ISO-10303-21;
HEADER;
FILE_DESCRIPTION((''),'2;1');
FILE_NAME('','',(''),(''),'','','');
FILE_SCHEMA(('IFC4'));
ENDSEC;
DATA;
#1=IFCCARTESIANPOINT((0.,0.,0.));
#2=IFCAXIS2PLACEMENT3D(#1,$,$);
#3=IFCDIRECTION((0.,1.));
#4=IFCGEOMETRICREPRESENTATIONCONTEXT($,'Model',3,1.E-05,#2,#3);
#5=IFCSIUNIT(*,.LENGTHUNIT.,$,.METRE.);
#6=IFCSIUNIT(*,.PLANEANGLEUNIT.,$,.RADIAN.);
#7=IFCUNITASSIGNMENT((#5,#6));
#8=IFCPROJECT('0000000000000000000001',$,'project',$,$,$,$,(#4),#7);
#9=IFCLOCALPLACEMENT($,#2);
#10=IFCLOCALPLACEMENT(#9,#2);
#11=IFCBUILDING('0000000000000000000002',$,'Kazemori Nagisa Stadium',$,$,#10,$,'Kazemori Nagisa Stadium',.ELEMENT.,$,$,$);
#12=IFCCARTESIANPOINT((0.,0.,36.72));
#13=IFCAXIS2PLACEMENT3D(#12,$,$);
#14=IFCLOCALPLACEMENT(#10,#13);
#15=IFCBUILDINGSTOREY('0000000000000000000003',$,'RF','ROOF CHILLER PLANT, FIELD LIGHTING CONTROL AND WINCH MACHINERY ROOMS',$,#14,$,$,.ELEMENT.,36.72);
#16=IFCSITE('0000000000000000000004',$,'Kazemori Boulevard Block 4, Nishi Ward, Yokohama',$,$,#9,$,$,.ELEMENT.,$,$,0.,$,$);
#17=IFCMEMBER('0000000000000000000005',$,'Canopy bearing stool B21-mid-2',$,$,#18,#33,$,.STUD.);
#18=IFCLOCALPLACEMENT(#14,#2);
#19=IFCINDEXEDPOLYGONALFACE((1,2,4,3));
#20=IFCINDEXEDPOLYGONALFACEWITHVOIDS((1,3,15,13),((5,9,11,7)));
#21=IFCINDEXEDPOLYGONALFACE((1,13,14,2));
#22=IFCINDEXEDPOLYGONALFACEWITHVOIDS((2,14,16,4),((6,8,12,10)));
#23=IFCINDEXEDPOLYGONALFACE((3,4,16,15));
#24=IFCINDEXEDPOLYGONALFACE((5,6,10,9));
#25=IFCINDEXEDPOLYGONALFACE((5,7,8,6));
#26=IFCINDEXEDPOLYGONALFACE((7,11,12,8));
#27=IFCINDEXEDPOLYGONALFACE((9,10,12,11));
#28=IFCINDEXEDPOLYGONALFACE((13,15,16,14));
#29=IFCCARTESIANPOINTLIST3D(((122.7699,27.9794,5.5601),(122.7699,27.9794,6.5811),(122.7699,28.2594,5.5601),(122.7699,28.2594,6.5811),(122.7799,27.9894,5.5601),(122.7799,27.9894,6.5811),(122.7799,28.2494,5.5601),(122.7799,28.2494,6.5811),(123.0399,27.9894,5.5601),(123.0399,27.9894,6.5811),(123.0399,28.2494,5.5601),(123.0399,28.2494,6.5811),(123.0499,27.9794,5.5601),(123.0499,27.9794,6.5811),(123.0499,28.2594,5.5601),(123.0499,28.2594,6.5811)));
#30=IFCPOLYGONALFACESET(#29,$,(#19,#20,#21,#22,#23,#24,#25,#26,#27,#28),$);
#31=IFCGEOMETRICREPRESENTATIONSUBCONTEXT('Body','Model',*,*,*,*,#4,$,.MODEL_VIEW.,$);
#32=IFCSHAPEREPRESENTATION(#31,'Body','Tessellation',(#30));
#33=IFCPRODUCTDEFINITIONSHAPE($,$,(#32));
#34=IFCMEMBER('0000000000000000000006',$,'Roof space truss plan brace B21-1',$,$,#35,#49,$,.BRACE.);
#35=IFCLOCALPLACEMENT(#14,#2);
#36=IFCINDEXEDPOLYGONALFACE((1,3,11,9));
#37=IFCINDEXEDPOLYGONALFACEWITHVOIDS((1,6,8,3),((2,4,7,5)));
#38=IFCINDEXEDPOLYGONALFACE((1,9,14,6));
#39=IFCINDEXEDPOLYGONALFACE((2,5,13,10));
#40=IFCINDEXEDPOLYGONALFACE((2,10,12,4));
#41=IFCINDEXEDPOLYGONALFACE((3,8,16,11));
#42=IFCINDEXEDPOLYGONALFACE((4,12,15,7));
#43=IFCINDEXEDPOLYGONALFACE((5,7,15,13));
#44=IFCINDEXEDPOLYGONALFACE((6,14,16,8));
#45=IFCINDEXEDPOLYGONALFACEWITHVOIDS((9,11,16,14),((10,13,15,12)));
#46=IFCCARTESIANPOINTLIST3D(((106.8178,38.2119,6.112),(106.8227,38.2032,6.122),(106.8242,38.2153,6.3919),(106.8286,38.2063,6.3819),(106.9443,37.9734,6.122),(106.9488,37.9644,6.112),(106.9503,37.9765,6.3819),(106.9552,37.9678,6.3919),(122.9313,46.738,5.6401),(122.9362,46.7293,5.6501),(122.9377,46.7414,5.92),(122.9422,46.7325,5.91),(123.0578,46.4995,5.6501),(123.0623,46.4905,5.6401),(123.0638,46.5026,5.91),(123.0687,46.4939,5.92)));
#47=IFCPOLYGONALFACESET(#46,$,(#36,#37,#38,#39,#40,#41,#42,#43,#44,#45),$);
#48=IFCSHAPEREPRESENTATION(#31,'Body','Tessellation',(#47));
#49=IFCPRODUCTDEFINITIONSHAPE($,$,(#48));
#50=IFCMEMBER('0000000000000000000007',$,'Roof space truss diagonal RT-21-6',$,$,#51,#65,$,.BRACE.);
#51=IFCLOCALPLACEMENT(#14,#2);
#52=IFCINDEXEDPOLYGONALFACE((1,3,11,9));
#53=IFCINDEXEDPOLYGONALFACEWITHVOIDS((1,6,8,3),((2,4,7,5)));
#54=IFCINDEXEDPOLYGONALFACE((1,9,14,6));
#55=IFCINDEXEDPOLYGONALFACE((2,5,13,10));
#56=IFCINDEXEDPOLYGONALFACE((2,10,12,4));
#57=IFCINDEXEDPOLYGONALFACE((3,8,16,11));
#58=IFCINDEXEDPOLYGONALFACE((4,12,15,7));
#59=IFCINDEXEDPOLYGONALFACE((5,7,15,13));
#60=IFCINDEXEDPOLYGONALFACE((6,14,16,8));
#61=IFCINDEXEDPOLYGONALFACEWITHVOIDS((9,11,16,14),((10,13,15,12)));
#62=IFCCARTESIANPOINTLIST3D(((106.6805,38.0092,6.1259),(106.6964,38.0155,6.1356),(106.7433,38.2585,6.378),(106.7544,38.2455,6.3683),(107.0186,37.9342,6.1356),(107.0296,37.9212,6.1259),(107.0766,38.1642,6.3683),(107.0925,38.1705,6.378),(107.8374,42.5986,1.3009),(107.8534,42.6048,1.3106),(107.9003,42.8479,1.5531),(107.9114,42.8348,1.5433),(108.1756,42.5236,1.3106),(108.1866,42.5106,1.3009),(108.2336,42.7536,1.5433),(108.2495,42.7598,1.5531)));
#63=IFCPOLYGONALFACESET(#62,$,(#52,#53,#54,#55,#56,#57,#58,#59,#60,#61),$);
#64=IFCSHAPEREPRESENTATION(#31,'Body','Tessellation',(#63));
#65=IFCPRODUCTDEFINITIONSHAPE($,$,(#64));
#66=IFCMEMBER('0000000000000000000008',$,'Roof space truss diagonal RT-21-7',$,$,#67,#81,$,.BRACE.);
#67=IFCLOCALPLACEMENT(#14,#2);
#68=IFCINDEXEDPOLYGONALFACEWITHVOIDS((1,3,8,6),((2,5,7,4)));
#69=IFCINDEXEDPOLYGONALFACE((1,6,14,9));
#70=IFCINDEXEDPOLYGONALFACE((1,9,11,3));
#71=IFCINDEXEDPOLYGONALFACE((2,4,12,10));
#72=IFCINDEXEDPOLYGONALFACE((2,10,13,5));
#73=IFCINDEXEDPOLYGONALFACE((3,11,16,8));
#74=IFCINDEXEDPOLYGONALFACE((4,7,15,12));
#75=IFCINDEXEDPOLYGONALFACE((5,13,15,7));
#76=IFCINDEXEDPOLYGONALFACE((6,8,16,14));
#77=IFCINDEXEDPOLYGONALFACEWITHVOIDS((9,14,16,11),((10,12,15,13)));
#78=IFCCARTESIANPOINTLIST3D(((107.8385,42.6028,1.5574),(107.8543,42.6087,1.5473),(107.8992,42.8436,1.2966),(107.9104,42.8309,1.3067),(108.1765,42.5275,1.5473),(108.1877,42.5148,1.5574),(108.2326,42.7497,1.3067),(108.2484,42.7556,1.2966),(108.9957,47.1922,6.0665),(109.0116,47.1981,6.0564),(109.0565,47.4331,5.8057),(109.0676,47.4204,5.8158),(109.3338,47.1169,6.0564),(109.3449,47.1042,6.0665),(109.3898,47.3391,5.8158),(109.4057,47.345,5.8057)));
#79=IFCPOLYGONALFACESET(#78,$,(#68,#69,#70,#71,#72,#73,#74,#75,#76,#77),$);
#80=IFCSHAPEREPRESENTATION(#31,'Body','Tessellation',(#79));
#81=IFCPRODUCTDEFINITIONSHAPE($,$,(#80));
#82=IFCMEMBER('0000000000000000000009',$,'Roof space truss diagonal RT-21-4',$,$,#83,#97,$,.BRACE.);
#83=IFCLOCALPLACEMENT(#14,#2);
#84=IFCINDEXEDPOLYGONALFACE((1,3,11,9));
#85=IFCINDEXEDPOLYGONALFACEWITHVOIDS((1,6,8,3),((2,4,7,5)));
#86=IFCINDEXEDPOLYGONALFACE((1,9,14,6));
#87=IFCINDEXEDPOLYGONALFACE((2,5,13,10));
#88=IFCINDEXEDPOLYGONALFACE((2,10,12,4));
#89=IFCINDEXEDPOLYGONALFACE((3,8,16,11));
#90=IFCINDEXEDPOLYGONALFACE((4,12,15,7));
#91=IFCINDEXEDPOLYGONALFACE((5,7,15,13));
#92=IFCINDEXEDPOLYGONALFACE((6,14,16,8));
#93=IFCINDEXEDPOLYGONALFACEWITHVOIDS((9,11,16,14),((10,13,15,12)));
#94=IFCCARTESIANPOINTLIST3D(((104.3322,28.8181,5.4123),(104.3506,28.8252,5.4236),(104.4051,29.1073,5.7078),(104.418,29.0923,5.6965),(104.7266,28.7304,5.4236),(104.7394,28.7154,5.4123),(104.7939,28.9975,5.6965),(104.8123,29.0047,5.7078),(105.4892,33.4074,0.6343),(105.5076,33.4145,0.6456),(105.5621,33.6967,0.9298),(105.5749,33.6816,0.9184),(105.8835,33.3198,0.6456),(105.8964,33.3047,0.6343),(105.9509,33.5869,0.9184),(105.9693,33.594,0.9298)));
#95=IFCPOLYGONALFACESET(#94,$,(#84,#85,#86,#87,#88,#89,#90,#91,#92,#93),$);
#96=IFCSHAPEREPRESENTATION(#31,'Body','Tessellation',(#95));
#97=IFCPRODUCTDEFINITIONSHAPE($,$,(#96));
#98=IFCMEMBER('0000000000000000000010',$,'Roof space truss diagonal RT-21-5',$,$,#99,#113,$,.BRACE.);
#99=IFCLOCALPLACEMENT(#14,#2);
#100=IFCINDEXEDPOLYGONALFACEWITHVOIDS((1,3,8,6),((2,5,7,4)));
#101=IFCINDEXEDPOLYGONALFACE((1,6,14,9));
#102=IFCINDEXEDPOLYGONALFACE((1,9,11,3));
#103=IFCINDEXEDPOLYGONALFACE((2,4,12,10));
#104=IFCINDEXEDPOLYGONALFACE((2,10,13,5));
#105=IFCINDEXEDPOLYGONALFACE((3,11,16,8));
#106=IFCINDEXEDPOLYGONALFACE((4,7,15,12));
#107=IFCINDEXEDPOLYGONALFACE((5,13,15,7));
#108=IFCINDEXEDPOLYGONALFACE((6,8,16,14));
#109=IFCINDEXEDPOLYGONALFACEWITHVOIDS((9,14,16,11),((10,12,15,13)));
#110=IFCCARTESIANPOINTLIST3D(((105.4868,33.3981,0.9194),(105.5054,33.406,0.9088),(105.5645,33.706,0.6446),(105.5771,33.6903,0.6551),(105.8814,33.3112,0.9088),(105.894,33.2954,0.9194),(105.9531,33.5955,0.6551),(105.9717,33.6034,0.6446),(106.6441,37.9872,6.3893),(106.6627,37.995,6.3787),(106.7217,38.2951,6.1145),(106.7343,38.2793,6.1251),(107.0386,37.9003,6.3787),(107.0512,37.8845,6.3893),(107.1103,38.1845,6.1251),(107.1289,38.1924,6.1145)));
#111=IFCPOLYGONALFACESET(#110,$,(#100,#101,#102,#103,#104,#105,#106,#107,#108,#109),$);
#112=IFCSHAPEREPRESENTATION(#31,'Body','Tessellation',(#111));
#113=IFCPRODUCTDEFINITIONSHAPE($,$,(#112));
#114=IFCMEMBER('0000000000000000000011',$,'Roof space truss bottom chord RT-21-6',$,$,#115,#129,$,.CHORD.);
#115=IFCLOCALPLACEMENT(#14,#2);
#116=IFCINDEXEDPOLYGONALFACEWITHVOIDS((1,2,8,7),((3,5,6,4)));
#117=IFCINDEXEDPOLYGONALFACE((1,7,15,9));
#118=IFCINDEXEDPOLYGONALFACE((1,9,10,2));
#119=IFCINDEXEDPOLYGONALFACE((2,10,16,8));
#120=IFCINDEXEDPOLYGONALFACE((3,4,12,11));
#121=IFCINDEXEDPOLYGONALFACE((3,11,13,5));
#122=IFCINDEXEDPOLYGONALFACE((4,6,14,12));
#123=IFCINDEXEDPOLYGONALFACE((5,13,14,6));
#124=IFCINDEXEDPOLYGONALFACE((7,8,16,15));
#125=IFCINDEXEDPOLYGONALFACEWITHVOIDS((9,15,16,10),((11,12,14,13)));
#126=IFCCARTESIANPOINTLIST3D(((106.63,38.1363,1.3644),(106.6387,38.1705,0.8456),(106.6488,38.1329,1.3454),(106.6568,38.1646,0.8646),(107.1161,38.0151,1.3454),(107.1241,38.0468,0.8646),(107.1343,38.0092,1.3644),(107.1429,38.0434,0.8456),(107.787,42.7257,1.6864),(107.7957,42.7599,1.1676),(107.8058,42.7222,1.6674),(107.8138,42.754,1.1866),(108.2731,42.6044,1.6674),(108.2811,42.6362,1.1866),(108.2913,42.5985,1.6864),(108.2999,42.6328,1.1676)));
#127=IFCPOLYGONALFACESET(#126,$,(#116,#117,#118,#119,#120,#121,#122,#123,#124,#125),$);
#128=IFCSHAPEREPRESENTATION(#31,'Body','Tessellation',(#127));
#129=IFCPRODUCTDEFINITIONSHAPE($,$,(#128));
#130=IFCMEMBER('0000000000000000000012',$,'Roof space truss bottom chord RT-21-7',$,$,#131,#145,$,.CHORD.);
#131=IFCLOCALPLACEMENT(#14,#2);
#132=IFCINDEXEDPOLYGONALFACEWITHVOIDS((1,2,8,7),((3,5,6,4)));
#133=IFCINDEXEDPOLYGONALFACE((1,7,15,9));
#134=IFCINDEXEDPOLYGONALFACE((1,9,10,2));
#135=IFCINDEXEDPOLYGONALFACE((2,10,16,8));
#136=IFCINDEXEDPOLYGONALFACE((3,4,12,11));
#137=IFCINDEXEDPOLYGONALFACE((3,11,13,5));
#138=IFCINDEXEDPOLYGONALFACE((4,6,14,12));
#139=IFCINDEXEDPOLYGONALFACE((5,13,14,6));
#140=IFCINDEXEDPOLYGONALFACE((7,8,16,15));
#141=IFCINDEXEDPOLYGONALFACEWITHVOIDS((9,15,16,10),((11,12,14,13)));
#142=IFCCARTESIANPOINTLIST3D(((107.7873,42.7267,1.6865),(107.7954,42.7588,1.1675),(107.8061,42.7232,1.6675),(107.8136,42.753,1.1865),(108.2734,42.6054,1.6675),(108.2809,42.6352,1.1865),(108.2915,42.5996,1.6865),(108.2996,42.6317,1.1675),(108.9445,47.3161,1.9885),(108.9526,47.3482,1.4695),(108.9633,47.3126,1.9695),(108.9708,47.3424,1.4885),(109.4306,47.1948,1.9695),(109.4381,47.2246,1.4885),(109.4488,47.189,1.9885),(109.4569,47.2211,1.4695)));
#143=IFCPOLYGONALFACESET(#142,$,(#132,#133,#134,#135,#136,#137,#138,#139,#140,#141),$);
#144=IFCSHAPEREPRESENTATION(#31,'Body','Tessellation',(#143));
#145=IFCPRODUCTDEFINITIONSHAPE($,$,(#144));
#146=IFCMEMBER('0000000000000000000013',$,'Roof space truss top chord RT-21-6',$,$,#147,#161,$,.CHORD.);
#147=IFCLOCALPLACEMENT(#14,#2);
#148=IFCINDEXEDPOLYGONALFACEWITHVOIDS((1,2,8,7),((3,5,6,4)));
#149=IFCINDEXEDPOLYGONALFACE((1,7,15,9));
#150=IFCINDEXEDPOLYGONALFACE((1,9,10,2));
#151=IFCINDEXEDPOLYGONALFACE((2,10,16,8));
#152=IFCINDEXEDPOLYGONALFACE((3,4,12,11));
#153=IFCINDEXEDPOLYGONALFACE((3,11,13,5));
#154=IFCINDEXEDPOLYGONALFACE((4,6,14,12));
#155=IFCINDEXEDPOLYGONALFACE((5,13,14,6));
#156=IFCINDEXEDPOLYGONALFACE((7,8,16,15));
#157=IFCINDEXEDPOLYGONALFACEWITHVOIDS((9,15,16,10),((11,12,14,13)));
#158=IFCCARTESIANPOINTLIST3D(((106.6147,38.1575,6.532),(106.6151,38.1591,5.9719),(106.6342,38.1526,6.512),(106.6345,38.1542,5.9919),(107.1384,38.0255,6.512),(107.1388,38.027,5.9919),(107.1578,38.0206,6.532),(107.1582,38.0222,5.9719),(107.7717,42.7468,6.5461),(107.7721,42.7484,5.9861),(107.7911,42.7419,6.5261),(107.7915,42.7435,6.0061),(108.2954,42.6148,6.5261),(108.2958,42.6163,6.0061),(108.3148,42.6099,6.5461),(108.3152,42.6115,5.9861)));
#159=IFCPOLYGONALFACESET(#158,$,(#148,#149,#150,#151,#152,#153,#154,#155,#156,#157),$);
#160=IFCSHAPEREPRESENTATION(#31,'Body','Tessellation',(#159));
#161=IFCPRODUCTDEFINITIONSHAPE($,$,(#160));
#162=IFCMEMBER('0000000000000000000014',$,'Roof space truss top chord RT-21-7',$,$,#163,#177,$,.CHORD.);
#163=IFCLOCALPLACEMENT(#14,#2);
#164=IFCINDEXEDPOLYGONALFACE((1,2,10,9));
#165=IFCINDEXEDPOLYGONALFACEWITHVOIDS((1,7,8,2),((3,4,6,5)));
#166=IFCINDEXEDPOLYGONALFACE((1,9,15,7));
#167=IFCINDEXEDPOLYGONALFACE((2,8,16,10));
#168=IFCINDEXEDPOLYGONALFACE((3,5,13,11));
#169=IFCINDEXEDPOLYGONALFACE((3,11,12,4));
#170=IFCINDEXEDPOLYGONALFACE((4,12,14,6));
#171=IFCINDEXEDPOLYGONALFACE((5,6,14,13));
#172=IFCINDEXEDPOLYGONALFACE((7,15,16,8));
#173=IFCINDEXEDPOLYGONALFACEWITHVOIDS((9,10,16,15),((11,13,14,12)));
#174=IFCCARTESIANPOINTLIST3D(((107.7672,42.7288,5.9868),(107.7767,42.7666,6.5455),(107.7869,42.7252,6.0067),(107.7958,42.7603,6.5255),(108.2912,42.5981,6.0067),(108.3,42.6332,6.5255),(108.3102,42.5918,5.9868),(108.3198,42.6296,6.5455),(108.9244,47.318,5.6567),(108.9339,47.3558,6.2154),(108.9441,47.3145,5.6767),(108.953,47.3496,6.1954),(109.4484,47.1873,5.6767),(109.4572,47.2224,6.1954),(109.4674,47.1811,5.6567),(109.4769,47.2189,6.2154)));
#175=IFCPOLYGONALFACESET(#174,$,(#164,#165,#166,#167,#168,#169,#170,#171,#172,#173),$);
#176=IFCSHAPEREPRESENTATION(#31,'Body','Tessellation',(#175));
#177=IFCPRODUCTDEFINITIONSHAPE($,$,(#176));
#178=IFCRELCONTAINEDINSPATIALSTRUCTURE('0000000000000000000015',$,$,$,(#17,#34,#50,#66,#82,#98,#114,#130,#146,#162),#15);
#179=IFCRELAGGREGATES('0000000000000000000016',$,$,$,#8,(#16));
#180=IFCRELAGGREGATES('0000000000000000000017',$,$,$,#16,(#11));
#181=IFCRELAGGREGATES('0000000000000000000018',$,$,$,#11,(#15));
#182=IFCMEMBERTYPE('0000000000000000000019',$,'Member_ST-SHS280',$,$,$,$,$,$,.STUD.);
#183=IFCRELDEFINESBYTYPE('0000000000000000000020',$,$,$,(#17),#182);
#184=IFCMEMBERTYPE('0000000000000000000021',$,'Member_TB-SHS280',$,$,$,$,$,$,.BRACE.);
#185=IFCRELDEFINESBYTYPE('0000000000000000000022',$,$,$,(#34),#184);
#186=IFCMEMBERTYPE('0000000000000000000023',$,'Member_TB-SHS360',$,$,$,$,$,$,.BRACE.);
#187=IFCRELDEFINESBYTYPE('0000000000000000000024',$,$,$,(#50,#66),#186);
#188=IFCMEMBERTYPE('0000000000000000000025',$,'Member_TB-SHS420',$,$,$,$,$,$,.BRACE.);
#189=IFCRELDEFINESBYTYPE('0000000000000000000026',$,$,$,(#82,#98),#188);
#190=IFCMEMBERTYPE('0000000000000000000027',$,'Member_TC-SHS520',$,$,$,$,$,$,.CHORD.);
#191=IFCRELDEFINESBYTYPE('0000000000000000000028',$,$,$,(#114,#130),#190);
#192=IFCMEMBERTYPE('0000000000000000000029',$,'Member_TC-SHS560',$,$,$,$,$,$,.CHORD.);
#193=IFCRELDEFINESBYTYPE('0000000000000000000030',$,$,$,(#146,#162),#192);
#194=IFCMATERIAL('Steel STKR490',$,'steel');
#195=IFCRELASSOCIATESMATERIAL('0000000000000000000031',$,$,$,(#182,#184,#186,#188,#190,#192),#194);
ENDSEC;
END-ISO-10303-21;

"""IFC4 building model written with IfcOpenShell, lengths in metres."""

from ifc_helpers import new_model, si_unit, direction, frame, origin, origin_2d, place, context, subcontext, project, spatial, hollow_rectangle, extrude, material, material_profile, profile_set, type_object, element, save


model = new_model("IFC4")

# Units and contexts
model_context = context("Model", 3, precision=1e-05, world=origin(), true_north=direction((0.0, 1.0)))
body_context = subcontext(model_context, "Body", "Model", "MODEL_VIEW")
ifc_project = project(units=[si_unit("LENGTHUNIT", "METRE"), si_unit("PLANEANGLEUNIT", "RADIAN")], contexts=[model_context])

# Site, building, storey
site_placement = place(None, origin())
site = spatial("IfcSite", under=ifc_project, at=site_placement, Name="Kazemori Boulevard Block 4, Nishi Ward, Yokohama", CompositionType="ELEMENT", RefElevation=0.0)
building_placement = place(site_placement, origin())
building = spatial("IfcBuilding", under=site, at=building_placement, Name="Kazemori Nagisa Stadium", LongName="Kazemori Nagisa Stadium", CompositionType="ELEMENT")
storey_placement = place(building_placement, frame((0.0, 0.0, 36.72)))
storey = spatial("IfcBuildingStorey", under=building, at=storey_placement, Name="RF", Description="ROOF CHILLER PLANT, FIELD LIGHTING CONTROL AND WINCH MACHINERY ROOMS", CompositionType="ELEMENT", Elevation=36.72)

# Members
ifc_material_1 = material(Name="Steel STKR490", Category="steel")
ifc_material_profile_1 = material_profile(ifc_material_1, hollow_rectangle(XDim=0.28, YDim=0.28, WallThickness=0.01, at=origin_2d()), Name="SHS-280x280x10")
ifc_profile_set_1 = profile_set([ifc_material_profile_1], Name="Steel STKR490")
member_type_1 = type_object("IfcMemberType", Name="Member_ST-SHS280", PredefinedType="STUD", material=ifc_profile_set_1)
for number, where, z_axis, x_axis, name in (
    (1, (122.9099, 28.1194, 5.5601), (0.0, 0.0, 1.0), (1.0, 0.0, 0.0), "Canopy bearing stool B21-mid-2"),
):
    element("IfcMember", number, at=place(storey_placement, frame(where, z_axis=z_axis, x_axis=x_axis)), inside=storey, type_object=member_type_1, Name=name, PredefinedType="STUD", context=body_context, shape_type="SweptSolid", body=[
        extrude(hollow_rectangle(XDim=0.28, YDim=0.28, WallThickness=0.01, at=origin_2d()), origin(), (0.0, 0.0, 1.0), 1.021),
    ])
ifc_material_profile_2 = material_profile(ifc_material_1, hollow_rectangle(XDim=0.28, YDim=0.28, WallThickness=0.01, at=origin_2d()), Name="SHS-280x280x10")
ifc_profile_set_2 = profile_set([ifc_material_profile_2], Name="Steel STKR490")
member_type_2 = type_object("IfcMemberType", Name="Member_TB-SHS280", PredefinedType="BRACE", material=ifc_profile_set_2)
member_1_placement = place(storey_placement, frame((106.8865, 38.0898, 6.252), z_axis=(0.883595, 0.467535, -0.025878), x_axis=(-0.467692, 0.883891, 0.0)))
element("IfcMember", 2, at=member_1_placement, inside=storey, type_object=member_type_2, Name="Roof space truss plan brace B21-1", PredefinedType="BRACE", context=body_context, shape_type="SweptSolid", body=[
    extrude(hollow_rectangle(XDim=0.28, YDim=0.28, WallThickness=0.01, at=origin_2d()), origin(), (0.0, 0.0, 1.0), 18.2363),
])
ifc_material_profile_3 = material_profile(ifc_material_1, hollow_rectangle(XDim=0.3601, YDim=0.3601, WallThickness=0.0139, at=origin_2d()), Name="SHS-360x360x14")
ifc_profile_set_3 = profile_set([ifc_material_profile_3], Name="Steel STKR490")
member_type_3 = type_object("IfcMemberType", Name="Member_TB-SHS360", PredefinedType="BRACE", material=ifc_profile_set_3)
member_2_placement = place(storey_placement, frame((106.8865, 38.0898, 6.252), z_axis=(0.171182, 0.679022, -0.71388), x_axis=(-0.969661, 0.244453, 0.0)))
element("IfcMember", 3, at=member_2_placement, inside=storey, type_object=member_type_3, Name="Roof space truss diagonal RT-21-6", PredefinedType="BRACE", context=body_context, shape_type="SweptSolid", body=[
    extrude(hollow_rectangle(XDim=0.3601, YDim=0.3601, WallThickness=0.0139, at=origin_2d()), origin(), (0.0, 0.0, 1.0), 6.7588),
])
member_3_placement = place(storey_placement, frame((108.0435, 42.6792, 1.427), z_axis=(0.177026, 0.702055, 0.689768), x_axis=(-0.969649, 0.244501, 0.0)))
element("IfcMember", 4, at=member_3_placement, inside=storey, type_object=member_type_3, Name="Roof space truss diagonal RT-21-7", PredefinedType="BRACE", context=body_context, shape_type="SweptSolid", body=[
    extrude(hollow_rectangle(XDim=0.3601, YDim=0.3601, WallThickness=0.0139, at=origin_2d()), origin(), (0.0, 0.0, 1.0), 6.5371),
])
ifc_material_profile_4 = material_profile(ifc_material_1, hollow_rectangle(XDim=0.4199, YDim=0.4199, WallThickness=0.0161, at=origin_2d()), Name="SHS-420x420x16")
ifc_profile_set_4 = profile_set([ifc_material_profile_4], Name="Steel STKR490")
member_type_4 = type_object("IfcMemberType", Name="Member_TB-SHS420", PredefinedType="BRACE", material=ifc_profile_set_4)
member_4_placement = place(storey_placement, frame((104.5723, 28.9114, 5.5601), z_axis=(0.172032, 0.682393, -0.710454), x_axis=(-0.969661, 0.244453, 0.0)))
element("IfcMember", 5, at=member_4_placement, inside=storey, type_object=member_type_4, Name="Roof space truss diagonal RT-21-4", PredefinedType="BRACE", context=body_context, shape_type="SweptSolid", body=[
    extrude(hollow_rectangle(XDim=0.4199, YDim=0.4199, WallThickness=0.0161, at=origin_2d()), origin(), (0.0, 0.0, 1.0), 6.7253),
])
member_5_placement = place(storey_placement, frame((105.7292, 33.5007, 0.782), z_axis=(0.159987, 0.634448, 0.756227), x_axis=(-0.969646, 0.244514, 0.0)))
element("IfcMember", 6, at=member_5_placement, inside=storey, type_object=member_type_4, Name="Roof space truss diagonal RT-21-5", PredefinedType="BRACE", context=body_context, shape_type="SweptSolid", body=[
    extrude(hollow_rectangle(XDim=0.4199, YDim=0.4199, WallThickness=0.0161, at=origin_2d()), origin(), (0.0, 0.0, 1.0), 7.2332),
])
ifc_material_profile_5 = material_profile(ifc_material_1, hollow_rectangle(XDim=0.52, YDim=0.52, WallThickness=0.019, at=origin_2d()), Name="SHS-520x520x19")
ifc_profile_set_5 = profile_set([ifc_material_profile_5], Name="Steel STKR490")
member_type_5 = type_object("IfcMemberType", Name="Member_TC-SHS520", PredefinedType="CHORD", material=ifc_profile_set_5)
member_6_placement = place(storey_placement, frame((106.8865, 38.0898, 1.105), z_axis=(0.243889, 0.967425, 0.067881), x_axis=(-0.969661, 0.244453, 0.0)))
element("IfcMember", 7, at=member_6_placement, inside=storey, type_object=member_type_5, Name="Roof space truss bottom chord RT-21-6", PredefinedType="CHORD", context=body_context, shape_type="SweptSolid", body=[
    extrude(hollow_rectangle(XDim=0.52, YDim=0.52, WallThickness=0.019, at=origin_2d()), origin(), (0.0, 0.0, 1.0), 4.7439),
])
member_7_placement = place(storey_placement, frame((108.0435, 42.6792, 1.427), z_axis=(0.244005, 0.967681, 0.063678), x_axis=(-0.969649, 0.244501, 0.0)))
element("IfcMember", 8, at=member_7_placement, inside=storey, type_object=member_type_5, Name="Roof space truss bottom chord RT-21-7", PredefinedType="CHORD", context=body_context, shape_type="SweptSolid", body=[
    extrude(hollow_rectangle(XDim=0.52, YDim=0.52, WallThickness=0.019, at=origin_2d()), origin(), (0.0, 0.0, 1.0), 4.7427),
])
ifc_material_profile_6 = material_profile(ifc_material_1, hollow_rectangle(XDim=0.5601, YDim=0.5601, WallThickness=0.02, at=origin_2d()), Name="SHS-560x560x20")
ifc_profile_set_6 = profile_set([ifc_material_profile_6], Name="Steel STKR490")
member_type_6 = type_object("IfcMemberType", Name="Member_TC-SHS560", PredefinedType="CHORD", material=ifc_profile_set_6)
member_8_placement = place(storey_placement, frame((106.8865, 38.0898, 6.252), z_axis=(0.244452, 0.969657, 0.002992), x_axis=(-0.969661, 0.244453, 0.0)))
element("IfcMember", 9, at=member_8_placement, inside=storey, type_object=member_type_6, Name="Roof space truss top chord RT-21-6", PredefinedType="CHORD", context=body_context, shape_type="SweptSolid", body=[
    extrude(hollow_rectangle(XDim=0.5601, YDim=0.5601, WallThickness=0.02, at=origin_2d()), origin(), (0.0, 0.0, 1.0), 4.7329),
])
member_9_placement = place(storey_placement, frame((108.0435, 42.6792, 6.2661), z_axis=(0.243909, 0.9673, -0.069571), x_axis=(-0.969649, 0.244501, 0.0)))
element("IfcMember", 10, at=member_9_placement, inside=storey, type_object=member_type_6, Name="Roof space truss top chord RT-21-7", PredefinedType="CHORD", context=body_context, shape_type="SweptSolid", body=[
    extrude(hollow_rectangle(XDim=0.5601, YDim=0.5601, WallThickness=0.02, at=origin_2d()), origin(), (0.0, 0.0, 1.0), 4.7444),
])

save(model, "model.ifc")
